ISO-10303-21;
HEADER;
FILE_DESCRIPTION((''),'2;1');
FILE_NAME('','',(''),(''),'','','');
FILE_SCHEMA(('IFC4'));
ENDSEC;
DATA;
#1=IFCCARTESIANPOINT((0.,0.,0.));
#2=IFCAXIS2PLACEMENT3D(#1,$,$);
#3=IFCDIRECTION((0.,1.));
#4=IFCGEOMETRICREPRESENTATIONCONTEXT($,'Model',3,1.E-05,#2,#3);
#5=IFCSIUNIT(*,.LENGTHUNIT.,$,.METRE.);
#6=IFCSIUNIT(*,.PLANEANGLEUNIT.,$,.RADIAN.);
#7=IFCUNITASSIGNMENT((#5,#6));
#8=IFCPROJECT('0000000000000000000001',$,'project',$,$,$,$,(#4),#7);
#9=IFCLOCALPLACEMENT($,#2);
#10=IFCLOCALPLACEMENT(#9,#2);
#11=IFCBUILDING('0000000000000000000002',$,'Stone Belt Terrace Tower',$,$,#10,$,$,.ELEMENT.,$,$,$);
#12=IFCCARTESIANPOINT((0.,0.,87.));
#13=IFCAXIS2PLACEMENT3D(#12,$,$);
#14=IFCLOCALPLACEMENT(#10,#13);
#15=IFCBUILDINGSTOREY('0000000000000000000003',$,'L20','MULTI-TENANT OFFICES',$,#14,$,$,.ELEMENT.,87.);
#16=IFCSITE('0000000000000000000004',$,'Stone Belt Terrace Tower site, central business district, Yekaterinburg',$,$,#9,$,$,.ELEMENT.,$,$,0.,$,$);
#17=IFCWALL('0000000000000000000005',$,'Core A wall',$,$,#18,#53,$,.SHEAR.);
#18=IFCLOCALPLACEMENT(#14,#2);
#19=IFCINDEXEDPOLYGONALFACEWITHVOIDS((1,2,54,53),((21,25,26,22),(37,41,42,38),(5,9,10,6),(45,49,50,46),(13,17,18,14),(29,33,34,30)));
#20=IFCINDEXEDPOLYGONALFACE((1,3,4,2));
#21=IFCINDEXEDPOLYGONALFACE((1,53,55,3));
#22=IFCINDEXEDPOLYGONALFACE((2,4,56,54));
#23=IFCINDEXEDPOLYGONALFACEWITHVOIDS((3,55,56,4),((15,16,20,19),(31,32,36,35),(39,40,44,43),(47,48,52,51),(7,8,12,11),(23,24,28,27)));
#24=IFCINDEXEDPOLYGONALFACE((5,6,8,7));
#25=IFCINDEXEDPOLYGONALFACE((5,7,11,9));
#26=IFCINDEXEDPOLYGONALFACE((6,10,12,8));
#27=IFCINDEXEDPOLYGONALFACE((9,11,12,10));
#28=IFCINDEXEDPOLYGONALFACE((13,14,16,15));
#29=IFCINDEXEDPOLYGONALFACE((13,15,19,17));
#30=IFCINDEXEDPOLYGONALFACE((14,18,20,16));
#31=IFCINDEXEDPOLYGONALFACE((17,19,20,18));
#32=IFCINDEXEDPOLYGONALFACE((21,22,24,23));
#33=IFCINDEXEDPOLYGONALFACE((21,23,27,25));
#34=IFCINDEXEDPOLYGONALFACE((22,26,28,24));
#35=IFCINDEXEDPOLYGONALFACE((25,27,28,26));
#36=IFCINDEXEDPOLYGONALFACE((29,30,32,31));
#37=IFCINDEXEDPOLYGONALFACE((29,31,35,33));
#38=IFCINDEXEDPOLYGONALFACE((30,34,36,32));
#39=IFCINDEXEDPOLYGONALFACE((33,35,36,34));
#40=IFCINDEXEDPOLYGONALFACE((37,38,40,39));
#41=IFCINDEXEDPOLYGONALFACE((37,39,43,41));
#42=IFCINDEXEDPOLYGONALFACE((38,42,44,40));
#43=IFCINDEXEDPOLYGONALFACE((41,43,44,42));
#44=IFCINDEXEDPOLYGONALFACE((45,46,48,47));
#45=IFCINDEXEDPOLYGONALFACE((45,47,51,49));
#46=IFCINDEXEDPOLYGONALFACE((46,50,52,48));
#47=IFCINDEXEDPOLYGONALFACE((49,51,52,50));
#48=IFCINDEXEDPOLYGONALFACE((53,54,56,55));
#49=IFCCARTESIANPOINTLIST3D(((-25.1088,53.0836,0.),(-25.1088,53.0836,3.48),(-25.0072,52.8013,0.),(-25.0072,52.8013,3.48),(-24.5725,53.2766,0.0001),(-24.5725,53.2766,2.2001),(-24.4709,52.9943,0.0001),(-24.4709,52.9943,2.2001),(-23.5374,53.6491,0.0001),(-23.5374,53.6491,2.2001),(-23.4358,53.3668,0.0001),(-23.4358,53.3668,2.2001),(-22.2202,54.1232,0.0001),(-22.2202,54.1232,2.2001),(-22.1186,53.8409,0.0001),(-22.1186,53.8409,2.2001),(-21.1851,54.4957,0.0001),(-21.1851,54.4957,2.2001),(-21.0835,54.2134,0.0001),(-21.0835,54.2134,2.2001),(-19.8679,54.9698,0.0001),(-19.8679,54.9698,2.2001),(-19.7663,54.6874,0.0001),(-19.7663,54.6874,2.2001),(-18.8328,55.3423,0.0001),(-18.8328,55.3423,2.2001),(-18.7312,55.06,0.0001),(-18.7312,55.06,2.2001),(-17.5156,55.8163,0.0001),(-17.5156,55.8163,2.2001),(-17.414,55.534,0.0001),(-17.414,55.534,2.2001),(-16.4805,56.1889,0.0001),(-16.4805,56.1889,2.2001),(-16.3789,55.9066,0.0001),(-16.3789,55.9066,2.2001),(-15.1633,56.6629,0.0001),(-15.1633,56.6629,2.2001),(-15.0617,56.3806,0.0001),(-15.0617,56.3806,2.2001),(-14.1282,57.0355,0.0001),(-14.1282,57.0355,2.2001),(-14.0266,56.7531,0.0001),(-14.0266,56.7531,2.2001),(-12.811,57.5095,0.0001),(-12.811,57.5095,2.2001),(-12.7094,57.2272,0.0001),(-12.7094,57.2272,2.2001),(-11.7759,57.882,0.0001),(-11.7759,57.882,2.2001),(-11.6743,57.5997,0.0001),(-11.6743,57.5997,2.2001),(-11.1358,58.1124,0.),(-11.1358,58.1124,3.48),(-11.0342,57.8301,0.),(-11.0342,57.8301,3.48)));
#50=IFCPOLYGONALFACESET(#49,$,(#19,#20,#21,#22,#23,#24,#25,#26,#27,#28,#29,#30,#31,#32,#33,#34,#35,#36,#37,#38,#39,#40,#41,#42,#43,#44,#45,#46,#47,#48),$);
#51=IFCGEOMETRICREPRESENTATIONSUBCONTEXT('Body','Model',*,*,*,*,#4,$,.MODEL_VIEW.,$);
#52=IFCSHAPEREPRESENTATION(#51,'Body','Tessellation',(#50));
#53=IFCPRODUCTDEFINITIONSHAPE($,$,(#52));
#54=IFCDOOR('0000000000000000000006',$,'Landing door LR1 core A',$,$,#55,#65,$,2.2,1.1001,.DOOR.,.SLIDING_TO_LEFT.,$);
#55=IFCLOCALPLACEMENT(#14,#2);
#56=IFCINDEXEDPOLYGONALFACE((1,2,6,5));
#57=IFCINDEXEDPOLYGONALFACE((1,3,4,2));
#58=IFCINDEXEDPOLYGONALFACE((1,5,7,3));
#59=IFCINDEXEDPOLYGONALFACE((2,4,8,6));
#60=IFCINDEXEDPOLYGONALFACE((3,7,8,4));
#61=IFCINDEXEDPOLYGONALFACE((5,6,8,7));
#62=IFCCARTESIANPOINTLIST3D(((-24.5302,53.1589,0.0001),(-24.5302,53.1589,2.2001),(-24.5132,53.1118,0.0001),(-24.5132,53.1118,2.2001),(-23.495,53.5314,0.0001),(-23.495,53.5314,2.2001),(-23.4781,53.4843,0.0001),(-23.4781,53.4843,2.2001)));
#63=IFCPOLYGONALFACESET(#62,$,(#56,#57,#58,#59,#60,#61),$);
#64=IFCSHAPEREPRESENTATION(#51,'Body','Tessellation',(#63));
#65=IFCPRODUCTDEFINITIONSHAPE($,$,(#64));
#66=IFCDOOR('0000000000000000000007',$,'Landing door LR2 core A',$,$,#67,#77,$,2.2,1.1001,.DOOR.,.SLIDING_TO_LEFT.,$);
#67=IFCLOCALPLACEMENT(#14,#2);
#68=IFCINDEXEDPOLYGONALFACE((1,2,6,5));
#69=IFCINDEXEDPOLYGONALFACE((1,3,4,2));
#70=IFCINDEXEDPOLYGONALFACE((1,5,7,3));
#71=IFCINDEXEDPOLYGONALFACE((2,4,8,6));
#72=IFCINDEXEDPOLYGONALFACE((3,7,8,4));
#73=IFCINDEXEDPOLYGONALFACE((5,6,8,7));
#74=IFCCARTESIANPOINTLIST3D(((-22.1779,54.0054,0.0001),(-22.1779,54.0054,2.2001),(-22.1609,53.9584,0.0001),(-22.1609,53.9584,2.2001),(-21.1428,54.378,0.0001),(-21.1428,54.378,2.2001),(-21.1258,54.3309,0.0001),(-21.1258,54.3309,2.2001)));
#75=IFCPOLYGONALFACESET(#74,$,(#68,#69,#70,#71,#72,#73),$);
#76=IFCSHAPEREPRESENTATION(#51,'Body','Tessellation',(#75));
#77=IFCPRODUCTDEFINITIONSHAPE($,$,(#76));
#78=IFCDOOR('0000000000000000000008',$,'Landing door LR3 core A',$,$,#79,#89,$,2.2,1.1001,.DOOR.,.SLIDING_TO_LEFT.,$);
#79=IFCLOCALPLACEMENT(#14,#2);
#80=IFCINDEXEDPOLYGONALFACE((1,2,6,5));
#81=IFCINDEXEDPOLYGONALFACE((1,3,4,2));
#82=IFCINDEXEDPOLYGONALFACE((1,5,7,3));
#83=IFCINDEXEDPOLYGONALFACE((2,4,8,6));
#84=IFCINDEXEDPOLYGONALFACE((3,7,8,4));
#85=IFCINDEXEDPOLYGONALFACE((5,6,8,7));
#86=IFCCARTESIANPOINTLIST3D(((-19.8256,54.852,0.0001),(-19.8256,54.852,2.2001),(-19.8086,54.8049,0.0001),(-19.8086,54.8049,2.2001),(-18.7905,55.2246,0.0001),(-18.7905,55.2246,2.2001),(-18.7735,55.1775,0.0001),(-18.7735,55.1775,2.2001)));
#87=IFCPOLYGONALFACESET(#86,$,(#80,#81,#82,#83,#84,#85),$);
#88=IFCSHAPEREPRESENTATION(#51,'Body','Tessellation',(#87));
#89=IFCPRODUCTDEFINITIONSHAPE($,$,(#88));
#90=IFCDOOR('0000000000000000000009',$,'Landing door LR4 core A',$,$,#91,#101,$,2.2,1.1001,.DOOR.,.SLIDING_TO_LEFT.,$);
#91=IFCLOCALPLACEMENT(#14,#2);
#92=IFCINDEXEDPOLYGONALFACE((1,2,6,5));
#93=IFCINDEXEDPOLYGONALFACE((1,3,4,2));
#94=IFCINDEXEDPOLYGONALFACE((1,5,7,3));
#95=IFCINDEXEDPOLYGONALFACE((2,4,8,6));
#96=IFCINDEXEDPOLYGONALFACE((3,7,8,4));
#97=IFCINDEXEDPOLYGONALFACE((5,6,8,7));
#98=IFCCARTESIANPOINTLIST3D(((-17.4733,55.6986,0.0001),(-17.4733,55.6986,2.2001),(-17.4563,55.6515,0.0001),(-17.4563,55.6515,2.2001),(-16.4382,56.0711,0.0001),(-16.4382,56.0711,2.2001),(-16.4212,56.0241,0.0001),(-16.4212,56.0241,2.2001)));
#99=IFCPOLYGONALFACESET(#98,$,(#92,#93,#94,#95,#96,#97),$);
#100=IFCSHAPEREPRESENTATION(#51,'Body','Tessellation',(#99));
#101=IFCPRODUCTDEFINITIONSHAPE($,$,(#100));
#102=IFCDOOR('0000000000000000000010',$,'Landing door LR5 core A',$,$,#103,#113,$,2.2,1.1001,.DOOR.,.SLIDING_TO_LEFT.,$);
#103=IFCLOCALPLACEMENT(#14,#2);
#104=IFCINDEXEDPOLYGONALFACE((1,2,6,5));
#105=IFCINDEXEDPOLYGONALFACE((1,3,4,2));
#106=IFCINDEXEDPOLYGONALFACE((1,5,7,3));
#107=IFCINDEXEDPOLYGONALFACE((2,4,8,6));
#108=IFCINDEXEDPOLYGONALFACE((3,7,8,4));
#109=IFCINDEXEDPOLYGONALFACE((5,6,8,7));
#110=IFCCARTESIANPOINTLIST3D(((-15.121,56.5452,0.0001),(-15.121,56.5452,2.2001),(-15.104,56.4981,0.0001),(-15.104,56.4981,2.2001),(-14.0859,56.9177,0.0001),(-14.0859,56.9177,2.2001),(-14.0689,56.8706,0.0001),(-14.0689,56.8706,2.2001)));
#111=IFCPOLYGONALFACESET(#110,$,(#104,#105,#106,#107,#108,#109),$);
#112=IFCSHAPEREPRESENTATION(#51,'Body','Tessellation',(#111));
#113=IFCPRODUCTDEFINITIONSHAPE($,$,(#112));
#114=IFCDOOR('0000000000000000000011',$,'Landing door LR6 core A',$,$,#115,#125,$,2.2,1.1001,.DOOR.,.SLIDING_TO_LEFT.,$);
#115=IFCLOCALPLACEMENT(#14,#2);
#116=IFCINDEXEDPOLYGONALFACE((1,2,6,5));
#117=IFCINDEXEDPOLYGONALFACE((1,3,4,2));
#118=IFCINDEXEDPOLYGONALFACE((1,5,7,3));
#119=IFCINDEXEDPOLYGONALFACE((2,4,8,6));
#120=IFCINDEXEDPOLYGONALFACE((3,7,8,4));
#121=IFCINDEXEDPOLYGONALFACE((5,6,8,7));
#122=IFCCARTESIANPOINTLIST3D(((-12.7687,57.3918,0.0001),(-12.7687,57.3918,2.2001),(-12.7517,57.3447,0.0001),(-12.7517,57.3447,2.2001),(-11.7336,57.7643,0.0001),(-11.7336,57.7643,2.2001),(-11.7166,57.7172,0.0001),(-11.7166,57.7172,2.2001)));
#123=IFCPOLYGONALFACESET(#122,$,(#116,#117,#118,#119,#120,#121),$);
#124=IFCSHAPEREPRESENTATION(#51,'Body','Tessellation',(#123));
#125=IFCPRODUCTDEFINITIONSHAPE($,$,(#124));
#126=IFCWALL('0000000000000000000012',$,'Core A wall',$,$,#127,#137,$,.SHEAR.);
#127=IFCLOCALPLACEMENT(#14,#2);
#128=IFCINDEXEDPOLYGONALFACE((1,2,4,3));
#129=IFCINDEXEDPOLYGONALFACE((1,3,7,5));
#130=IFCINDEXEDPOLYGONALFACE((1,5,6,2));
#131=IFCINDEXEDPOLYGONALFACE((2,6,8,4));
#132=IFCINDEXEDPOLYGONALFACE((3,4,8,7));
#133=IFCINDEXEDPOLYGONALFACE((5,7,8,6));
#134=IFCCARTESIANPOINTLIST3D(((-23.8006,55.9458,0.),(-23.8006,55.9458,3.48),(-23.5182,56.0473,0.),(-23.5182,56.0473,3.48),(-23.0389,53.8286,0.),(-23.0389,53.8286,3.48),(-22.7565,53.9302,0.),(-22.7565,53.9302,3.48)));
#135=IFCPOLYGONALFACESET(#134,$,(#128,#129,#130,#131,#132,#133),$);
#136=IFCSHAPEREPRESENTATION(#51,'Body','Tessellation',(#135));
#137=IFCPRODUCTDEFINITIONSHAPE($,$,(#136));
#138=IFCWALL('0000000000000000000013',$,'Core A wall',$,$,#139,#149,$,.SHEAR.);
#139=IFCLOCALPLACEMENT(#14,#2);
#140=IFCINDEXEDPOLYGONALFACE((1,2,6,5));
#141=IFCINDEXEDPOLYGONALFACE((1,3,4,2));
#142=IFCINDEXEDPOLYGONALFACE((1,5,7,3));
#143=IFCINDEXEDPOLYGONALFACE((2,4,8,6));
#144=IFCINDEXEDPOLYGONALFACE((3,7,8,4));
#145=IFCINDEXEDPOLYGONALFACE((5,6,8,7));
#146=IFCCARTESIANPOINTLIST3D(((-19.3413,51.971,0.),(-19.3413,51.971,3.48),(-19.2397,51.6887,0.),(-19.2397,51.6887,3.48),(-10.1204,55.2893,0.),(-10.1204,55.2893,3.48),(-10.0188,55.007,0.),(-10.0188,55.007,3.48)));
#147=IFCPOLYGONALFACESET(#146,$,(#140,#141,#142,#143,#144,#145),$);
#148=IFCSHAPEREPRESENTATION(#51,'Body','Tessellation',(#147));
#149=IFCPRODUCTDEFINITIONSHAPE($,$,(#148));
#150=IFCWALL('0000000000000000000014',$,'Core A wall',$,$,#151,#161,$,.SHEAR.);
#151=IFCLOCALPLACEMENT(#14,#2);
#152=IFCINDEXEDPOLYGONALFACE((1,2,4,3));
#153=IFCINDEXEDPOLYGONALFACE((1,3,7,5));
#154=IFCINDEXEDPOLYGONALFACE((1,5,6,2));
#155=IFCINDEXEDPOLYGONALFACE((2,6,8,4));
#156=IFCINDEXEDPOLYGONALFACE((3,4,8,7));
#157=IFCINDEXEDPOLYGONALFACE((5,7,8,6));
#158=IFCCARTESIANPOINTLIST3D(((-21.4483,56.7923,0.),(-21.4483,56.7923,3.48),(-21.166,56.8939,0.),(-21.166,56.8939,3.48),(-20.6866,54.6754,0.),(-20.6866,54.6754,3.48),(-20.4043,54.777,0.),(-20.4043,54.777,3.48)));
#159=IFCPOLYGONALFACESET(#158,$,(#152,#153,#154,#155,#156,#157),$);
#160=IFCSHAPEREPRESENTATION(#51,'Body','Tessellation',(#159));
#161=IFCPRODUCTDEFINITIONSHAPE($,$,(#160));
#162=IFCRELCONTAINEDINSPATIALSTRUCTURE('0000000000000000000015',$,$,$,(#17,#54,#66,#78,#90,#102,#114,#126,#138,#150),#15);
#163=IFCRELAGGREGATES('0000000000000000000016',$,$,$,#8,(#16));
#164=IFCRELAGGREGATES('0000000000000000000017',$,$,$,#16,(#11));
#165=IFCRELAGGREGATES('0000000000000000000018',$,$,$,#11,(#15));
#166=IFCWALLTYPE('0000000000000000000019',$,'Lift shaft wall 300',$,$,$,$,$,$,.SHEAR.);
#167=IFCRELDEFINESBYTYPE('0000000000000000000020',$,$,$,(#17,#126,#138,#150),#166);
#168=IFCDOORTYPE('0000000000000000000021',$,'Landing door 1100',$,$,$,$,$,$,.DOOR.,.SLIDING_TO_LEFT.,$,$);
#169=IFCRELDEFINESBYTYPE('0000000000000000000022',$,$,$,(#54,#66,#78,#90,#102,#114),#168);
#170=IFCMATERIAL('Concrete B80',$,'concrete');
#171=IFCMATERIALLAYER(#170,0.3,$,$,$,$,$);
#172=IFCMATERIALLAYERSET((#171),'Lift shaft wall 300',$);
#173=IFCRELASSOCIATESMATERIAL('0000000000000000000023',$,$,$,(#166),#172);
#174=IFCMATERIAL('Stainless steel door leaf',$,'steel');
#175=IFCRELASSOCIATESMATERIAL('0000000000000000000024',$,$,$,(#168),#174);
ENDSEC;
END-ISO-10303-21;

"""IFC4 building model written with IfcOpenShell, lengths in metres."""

from ifc_helpers import new_model, si_unit, direction, frame, frame_2d, origin, place, context, subcontext, project, spatial, rectangle, extrude, material, layer, layer_set, type_object, element, fill, save


model = new_model("IFC4")

# Units and contexts
model_context = context("Model", 3, precision=1e-05, world=origin(), true_north=direction((0.0, 1.0)))
body_context = subcontext(model_context, "Body", "Model", "MODEL_VIEW")
ifc_project = project(units=[si_unit("LENGTHUNIT", "METRE"), si_unit("PLANEANGLEUNIT", "RADIAN")], contexts=[model_context])

# Site, building, storey
site_placement = place(None, origin())
site = spatial("IfcSite", under=ifc_project, at=site_placement, Name="Stone Belt Terrace Tower site, central business district, Yekaterinburg", CompositionType="ELEMENT", RefElevation=0.0)
building_placement = place(site_placement, origin())
building = spatial("IfcBuilding", under=site, at=building_placement, Name="Stone Belt Terrace Tower", CompositionType="ELEMENT")
storey_placement = place(building_placement, frame((0.0, 0.0, 87.0)))
storey = spatial("IfcBuildingStorey", under=building, at=storey_placement, Name="L20", Description="MULTI-TENANT OFFICES", CompositionType="ELEMENT", Elevation=87.0)

# Shared definitions
ifc_material_1 = material(Name="Concrete B80", Category="concrete")

# Shared definitions
ifc_layer_1 = layer(ifc_material_1, 0.3)
ifc_layer_set_1 = layer_set([ifc_layer_1], Name="Lift shaft wall 300")
wall_type_1 = type_object("IfcWallType", Name="Lift shaft wall 300", PredefinedType="SHEAR", material=ifc_layer_set_1)
ifc_material_2 = material(Name="Stainless steel door leaf", Category="steel")

# Wall, openings, doors
wall_1_placement = place(storey_placement, frame((-25.0581, 52.9424, 0.0), z_axis=(0.0, 0.0, 1.0), x_axis=(0.940918, 0.338634, 0.0)))
wall_1 = element("IfcWall", 1, at=wall_1_placement, inside=storey, type_object=wall_type_1, Name="Core A wall", PredefinedType="SHEAR", context=body_context, shape_type="SweptSolid", body=[
    extrude(rectangle(XDim=14.8503, YDim=0.3, at=frame_2d((7.4253, 0.0))), origin(), (0.0, 0.0, 1.0), 3.48),
])
opening_1_placement = place(wall_1_placement, frame((0.5701, 0.0, 0.0)))
opening_1 = element("IfcOpeningElement", 2, at=opening_1_placement, cuts=wall_1, PredefinedType="OPENING", context=body_context, shape_type="SweptSolid", body=[
    extrude(rectangle(XDim=1.1001, YDim=2.2, at=frame_2d((0.55, 1.1001))), frame((0.0, 0.1599, 0.0), z_axis=(0.0, -1.0, 0.0), x_axis=(1.0, 0.0, 0.0)), (0.0, 0.0, 1.0), 0.3201),
])
opening_2_placement = place(wall_1_placement, frame((3.0701, 0.0, 0.0)))
opening_2 = element("IfcOpeningElement", 3, at=opening_2_placement, cuts=wall_1, PredefinedType="OPENING", context=body_context, shape_type="SweptSolid", body=[
    extrude(rectangle(XDim=1.1001, YDim=2.2, at=frame_2d((0.55, 1.1001))), frame((0.0, 0.1599, 0.0), z_axis=(0.0, -1.0, 0.0), x_axis=(1.0, 0.0, 0.0)), (0.0, 0.0, 1.0), 0.3201),
])
opening_3_placement = place(wall_1_placement, frame((5.5701, 0.0, 0.0)))
opening_3 = element("IfcOpeningElement", 4, at=opening_3_placement, cuts=wall_1, PredefinedType="OPENING", context=body_context, shape_type="SweptSolid", body=[
    extrude(rectangle(XDim=1.1001, YDim=2.2, at=frame_2d((0.55, 1.1001))), frame((0.0, 0.1599, 0.0), z_axis=(0.0, -1.0, 0.0), x_axis=(1.0, 0.0, 0.0)), (0.0, 0.0, 1.0), 0.3201),
])
opening_4_placement = place(wall_1_placement, frame((8.0701, 0.0, 0.0)))
opening_4 = element("IfcOpeningElement", 5, at=opening_4_placement, cuts=wall_1, PredefinedType="OPENING", context=body_context, shape_type="SweptSolid", body=[
    extrude(rectangle(XDim=1.1001, YDim=2.2, at=frame_2d((0.55, 1.1001))), frame((0.0, 0.1599, 0.0), z_axis=(0.0, -1.0, 0.0), x_axis=(1.0, 0.0, 0.0)), (0.0, 0.0, 1.0), 0.3201),
])
opening_5_placement = place(wall_1_placement, frame((10.5701, 0.0, 0.0)))
opening_5 = element("IfcOpeningElement", 6, at=opening_5_placement, cuts=wall_1, PredefinedType="OPENING", context=body_context, shape_type="SweptSolid", body=[
    extrude(rectangle(XDim=1.1001, YDim=2.2, at=frame_2d((0.55, 1.1001))), frame((0.0, 0.1599, 0.0), z_axis=(0.0, -1.0, 0.0), x_axis=(1.0, 0.0, 0.0)), (0.0, 0.0, 1.0), 0.3201),
])
opening_6_placement = place(wall_1_placement, frame((13.0701, 0.0, 0.0)))
opening_6 = element("IfcOpeningElement", 7, at=opening_6_placement, cuts=wall_1, PredefinedType="OPENING", context=body_context, shape_type="SweptSolid", body=[
    extrude(rectangle(XDim=1.1001, YDim=2.2, at=frame_2d((0.55, 1.1001))), frame((0.0, 0.1599, 0.0), z_axis=(0.0, -1.0, 0.0), x_axis=(1.0, 0.0, 0.0)), (0.0, 0.0, 1.0), 0.3201),
])
door_type_1 = type_object("IfcDoorType", Name="Landing door 1100", OperationType="SLIDING_TO_LEFT", PredefinedType="DOOR", material=ifc_material_2)
door_1_placement = place(opening_1_placement, origin())
door_1 = element("IfcDoor", 8, at=door_1_placement, inside=storey, type_object=door_type_1, Name="Landing door LR1 core A", OperationType="SLIDING_TO_LEFT", OverallHeight=2.2, OverallWidth=1.1001, PredefinedType="DOOR", context=body_context, shape_type="SweptSolid", body=[
    extrude(rectangle(XDim=1.1001, YDim=2.2, at=frame_2d((0.55, 1.1001))), frame((0.0, 0.0249, 0.0), z_axis=(0.0, -1.0, 0.0), x_axis=(1.0, 0.0, 0.0)), (0.0, 0.0, 1.0), 0.05),
])
fill(opening_1, door_1)
door_2_placement = place(opening_2_placement, origin())
door_2 = element("IfcDoor", 9, at=door_2_placement, inside=storey, type_object=door_type_1, Name="Landing door LR2 core A", OperationType="SLIDING_TO_LEFT", OverallHeight=2.2, OverallWidth=1.1001, PredefinedType="DOOR", context=body_context, shape_type="SweptSolid", body=[
    extrude(rectangle(XDim=1.1001, YDim=2.2, at=frame_2d((0.55, 1.1001))), frame((0.0, 0.0249, 0.0), z_axis=(0.0, -1.0, 0.0), x_axis=(1.0, 0.0, 0.0)), (0.0, 0.0, 1.0), 0.05),
])
fill(opening_2, door_2)
door_3_placement = place(opening_3_placement, origin())
door_3 = element("IfcDoor", 10, at=door_3_placement, inside=storey, type_object=door_type_1, Name="Landing door LR3 core A", OperationType="SLIDING_TO_LEFT", OverallHeight=2.2, OverallWidth=1.1001, PredefinedType="DOOR", context=body_context, shape_type="SweptSolid", body=[
    extrude(rectangle(XDim=1.1001, YDim=2.2, at=frame_2d((0.55, 1.1001))), frame((0.0, 0.0249, 0.0), z_axis=(0.0, -1.0, 0.0), x_axis=(1.0, 0.0, 0.0)), (0.0, 0.0, 1.0), 0.05),
])
fill(opening_3, door_3)
door_4_placement = place(opening_4_placement, origin())
door_4 = element("IfcDoor", 11, at=door_4_placement, inside=storey, type_object=door_type_1, Name="Landing door LR4 core A", OperationType="SLIDING_TO_LEFT", OverallHeight=2.2, OverallWidth=1.1001, PredefinedType="DOOR", context=body_context, shape_type="SweptSolid", body=[
    extrude(rectangle(XDim=1.1001, YDim=2.2, at=frame_2d((0.55, 1.1001))), frame((0.0, 0.0249, 0.0), z_axis=(0.0, -1.0, 0.0), x_axis=(1.0, 0.0, 0.0)), (0.0, 0.0, 1.0), 0.05),
])
fill(opening_4, door_4)
door_5_placement = place(opening_5_placement, origin())
door_5 = element("IfcDoor", 12, at=door_5_placement, inside=storey, type_object=door_type_1, Name="Landing door LR5 core A", OperationType="SLIDING_TO_LEFT", OverallHeight=2.2, OverallWidth=1.1001, PredefinedType="DOOR", context=body_context, shape_type="SweptSolid", body=[
    extrude(rectangle(XDim=1.1001, YDim=2.2, at=frame_2d((0.55, 1.1001))), frame((0.0, 0.0249, 0.0), z_axis=(0.0, -1.0, 0.0), x_axis=(1.0, 0.0, 0.0)), (0.0, 0.0, 1.0), 0.05),
])
fill(opening_5, door_5)
door_6_placement = place(opening_6_placement, origin())
door_6 = element("IfcDoor", 13, at=door_6_placement, inside=storey, type_object=door_type_1, Name="Landing door LR6 core A", OperationType="SLIDING_TO_LEFT", OverallHeight=2.2, OverallWidth=1.1001, PredefinedType="DOOR", context=body_context, shape_type="SweptSolid", body=[
    extrude(rectangle(XDim=1.1001, YDim=2.2, at=frame_2d((0.55, 1.1001))), frame((0.0, 0.0249, 0.0), z_axis=(0.0, -1.0, 0.0), x_axis=(1.0, 0.0, 0.0)), (0.0, 0.0, 1.0), 0.05),
])
fill(opening_6, door_6)

# Walls
wall_2_placement = place(storey_placement, frame((-22.8977, 53.8794, 0.0), z_axis=(0.0, 0.0, 1.0), x_axis=(-0.338535, 0.940954, 0.0)))
element("IfcWall", 14, at=wall_2_placement, inside=storey, type_object=wall_type_1, Name="Core A wall", PredefinedType="SHEAR", context=body_context, shape_type="SweptSolid", body=[
    extrude(rectangle(XDim=2.25, YDim=0.3, at=frame_2d((1.125, 0.0))), origin(), (0.0, 0.0, 1.0), 3.48),
])
wall_3_placement = place(storey_placement, frame((-19.2905, 51.8298, 0.0), z_axis=(0.0, 0.0, 1.0), x_axis=(0.940926, 0.338613, 0.0)))
element("IfcWall", 15, at=wall_3_placement, inside=storey, type_object=wall_type_1, Name="Core A wall", PredefinedType="SHEAR", context=body_context, shape_type="SweptSolid", body=[
    extrude(rectangle(XDim=9.7998, YDim=0.3, at=frame_2d((4.8999, 0.0))), origin(), (0.0, 0.0, 1.0), 3.48),
])
wall_4_placement = place(storey_placement, frame((-20.5454, 54.7261, 0.0), z_axis=(0.0, 0.0, 1.0), x_axis=(-0.33857, 0.940941, 0.0)))
element("IfcWall", 16, at=wall_4_placement, inside=storey, type_object=wall_type_1, Name="Core A wall", PredefinedType="SHEAR", context=body_context, shape_type="SweptSolid", body=[
    extrude(rectangle(XDim=2.2498, YDim=0.3, at=frame_2d((1.125, 0.0))), origin(), (0.0, 0.0, 1.0), 3.48),
])

save(model, "model.ifc")
